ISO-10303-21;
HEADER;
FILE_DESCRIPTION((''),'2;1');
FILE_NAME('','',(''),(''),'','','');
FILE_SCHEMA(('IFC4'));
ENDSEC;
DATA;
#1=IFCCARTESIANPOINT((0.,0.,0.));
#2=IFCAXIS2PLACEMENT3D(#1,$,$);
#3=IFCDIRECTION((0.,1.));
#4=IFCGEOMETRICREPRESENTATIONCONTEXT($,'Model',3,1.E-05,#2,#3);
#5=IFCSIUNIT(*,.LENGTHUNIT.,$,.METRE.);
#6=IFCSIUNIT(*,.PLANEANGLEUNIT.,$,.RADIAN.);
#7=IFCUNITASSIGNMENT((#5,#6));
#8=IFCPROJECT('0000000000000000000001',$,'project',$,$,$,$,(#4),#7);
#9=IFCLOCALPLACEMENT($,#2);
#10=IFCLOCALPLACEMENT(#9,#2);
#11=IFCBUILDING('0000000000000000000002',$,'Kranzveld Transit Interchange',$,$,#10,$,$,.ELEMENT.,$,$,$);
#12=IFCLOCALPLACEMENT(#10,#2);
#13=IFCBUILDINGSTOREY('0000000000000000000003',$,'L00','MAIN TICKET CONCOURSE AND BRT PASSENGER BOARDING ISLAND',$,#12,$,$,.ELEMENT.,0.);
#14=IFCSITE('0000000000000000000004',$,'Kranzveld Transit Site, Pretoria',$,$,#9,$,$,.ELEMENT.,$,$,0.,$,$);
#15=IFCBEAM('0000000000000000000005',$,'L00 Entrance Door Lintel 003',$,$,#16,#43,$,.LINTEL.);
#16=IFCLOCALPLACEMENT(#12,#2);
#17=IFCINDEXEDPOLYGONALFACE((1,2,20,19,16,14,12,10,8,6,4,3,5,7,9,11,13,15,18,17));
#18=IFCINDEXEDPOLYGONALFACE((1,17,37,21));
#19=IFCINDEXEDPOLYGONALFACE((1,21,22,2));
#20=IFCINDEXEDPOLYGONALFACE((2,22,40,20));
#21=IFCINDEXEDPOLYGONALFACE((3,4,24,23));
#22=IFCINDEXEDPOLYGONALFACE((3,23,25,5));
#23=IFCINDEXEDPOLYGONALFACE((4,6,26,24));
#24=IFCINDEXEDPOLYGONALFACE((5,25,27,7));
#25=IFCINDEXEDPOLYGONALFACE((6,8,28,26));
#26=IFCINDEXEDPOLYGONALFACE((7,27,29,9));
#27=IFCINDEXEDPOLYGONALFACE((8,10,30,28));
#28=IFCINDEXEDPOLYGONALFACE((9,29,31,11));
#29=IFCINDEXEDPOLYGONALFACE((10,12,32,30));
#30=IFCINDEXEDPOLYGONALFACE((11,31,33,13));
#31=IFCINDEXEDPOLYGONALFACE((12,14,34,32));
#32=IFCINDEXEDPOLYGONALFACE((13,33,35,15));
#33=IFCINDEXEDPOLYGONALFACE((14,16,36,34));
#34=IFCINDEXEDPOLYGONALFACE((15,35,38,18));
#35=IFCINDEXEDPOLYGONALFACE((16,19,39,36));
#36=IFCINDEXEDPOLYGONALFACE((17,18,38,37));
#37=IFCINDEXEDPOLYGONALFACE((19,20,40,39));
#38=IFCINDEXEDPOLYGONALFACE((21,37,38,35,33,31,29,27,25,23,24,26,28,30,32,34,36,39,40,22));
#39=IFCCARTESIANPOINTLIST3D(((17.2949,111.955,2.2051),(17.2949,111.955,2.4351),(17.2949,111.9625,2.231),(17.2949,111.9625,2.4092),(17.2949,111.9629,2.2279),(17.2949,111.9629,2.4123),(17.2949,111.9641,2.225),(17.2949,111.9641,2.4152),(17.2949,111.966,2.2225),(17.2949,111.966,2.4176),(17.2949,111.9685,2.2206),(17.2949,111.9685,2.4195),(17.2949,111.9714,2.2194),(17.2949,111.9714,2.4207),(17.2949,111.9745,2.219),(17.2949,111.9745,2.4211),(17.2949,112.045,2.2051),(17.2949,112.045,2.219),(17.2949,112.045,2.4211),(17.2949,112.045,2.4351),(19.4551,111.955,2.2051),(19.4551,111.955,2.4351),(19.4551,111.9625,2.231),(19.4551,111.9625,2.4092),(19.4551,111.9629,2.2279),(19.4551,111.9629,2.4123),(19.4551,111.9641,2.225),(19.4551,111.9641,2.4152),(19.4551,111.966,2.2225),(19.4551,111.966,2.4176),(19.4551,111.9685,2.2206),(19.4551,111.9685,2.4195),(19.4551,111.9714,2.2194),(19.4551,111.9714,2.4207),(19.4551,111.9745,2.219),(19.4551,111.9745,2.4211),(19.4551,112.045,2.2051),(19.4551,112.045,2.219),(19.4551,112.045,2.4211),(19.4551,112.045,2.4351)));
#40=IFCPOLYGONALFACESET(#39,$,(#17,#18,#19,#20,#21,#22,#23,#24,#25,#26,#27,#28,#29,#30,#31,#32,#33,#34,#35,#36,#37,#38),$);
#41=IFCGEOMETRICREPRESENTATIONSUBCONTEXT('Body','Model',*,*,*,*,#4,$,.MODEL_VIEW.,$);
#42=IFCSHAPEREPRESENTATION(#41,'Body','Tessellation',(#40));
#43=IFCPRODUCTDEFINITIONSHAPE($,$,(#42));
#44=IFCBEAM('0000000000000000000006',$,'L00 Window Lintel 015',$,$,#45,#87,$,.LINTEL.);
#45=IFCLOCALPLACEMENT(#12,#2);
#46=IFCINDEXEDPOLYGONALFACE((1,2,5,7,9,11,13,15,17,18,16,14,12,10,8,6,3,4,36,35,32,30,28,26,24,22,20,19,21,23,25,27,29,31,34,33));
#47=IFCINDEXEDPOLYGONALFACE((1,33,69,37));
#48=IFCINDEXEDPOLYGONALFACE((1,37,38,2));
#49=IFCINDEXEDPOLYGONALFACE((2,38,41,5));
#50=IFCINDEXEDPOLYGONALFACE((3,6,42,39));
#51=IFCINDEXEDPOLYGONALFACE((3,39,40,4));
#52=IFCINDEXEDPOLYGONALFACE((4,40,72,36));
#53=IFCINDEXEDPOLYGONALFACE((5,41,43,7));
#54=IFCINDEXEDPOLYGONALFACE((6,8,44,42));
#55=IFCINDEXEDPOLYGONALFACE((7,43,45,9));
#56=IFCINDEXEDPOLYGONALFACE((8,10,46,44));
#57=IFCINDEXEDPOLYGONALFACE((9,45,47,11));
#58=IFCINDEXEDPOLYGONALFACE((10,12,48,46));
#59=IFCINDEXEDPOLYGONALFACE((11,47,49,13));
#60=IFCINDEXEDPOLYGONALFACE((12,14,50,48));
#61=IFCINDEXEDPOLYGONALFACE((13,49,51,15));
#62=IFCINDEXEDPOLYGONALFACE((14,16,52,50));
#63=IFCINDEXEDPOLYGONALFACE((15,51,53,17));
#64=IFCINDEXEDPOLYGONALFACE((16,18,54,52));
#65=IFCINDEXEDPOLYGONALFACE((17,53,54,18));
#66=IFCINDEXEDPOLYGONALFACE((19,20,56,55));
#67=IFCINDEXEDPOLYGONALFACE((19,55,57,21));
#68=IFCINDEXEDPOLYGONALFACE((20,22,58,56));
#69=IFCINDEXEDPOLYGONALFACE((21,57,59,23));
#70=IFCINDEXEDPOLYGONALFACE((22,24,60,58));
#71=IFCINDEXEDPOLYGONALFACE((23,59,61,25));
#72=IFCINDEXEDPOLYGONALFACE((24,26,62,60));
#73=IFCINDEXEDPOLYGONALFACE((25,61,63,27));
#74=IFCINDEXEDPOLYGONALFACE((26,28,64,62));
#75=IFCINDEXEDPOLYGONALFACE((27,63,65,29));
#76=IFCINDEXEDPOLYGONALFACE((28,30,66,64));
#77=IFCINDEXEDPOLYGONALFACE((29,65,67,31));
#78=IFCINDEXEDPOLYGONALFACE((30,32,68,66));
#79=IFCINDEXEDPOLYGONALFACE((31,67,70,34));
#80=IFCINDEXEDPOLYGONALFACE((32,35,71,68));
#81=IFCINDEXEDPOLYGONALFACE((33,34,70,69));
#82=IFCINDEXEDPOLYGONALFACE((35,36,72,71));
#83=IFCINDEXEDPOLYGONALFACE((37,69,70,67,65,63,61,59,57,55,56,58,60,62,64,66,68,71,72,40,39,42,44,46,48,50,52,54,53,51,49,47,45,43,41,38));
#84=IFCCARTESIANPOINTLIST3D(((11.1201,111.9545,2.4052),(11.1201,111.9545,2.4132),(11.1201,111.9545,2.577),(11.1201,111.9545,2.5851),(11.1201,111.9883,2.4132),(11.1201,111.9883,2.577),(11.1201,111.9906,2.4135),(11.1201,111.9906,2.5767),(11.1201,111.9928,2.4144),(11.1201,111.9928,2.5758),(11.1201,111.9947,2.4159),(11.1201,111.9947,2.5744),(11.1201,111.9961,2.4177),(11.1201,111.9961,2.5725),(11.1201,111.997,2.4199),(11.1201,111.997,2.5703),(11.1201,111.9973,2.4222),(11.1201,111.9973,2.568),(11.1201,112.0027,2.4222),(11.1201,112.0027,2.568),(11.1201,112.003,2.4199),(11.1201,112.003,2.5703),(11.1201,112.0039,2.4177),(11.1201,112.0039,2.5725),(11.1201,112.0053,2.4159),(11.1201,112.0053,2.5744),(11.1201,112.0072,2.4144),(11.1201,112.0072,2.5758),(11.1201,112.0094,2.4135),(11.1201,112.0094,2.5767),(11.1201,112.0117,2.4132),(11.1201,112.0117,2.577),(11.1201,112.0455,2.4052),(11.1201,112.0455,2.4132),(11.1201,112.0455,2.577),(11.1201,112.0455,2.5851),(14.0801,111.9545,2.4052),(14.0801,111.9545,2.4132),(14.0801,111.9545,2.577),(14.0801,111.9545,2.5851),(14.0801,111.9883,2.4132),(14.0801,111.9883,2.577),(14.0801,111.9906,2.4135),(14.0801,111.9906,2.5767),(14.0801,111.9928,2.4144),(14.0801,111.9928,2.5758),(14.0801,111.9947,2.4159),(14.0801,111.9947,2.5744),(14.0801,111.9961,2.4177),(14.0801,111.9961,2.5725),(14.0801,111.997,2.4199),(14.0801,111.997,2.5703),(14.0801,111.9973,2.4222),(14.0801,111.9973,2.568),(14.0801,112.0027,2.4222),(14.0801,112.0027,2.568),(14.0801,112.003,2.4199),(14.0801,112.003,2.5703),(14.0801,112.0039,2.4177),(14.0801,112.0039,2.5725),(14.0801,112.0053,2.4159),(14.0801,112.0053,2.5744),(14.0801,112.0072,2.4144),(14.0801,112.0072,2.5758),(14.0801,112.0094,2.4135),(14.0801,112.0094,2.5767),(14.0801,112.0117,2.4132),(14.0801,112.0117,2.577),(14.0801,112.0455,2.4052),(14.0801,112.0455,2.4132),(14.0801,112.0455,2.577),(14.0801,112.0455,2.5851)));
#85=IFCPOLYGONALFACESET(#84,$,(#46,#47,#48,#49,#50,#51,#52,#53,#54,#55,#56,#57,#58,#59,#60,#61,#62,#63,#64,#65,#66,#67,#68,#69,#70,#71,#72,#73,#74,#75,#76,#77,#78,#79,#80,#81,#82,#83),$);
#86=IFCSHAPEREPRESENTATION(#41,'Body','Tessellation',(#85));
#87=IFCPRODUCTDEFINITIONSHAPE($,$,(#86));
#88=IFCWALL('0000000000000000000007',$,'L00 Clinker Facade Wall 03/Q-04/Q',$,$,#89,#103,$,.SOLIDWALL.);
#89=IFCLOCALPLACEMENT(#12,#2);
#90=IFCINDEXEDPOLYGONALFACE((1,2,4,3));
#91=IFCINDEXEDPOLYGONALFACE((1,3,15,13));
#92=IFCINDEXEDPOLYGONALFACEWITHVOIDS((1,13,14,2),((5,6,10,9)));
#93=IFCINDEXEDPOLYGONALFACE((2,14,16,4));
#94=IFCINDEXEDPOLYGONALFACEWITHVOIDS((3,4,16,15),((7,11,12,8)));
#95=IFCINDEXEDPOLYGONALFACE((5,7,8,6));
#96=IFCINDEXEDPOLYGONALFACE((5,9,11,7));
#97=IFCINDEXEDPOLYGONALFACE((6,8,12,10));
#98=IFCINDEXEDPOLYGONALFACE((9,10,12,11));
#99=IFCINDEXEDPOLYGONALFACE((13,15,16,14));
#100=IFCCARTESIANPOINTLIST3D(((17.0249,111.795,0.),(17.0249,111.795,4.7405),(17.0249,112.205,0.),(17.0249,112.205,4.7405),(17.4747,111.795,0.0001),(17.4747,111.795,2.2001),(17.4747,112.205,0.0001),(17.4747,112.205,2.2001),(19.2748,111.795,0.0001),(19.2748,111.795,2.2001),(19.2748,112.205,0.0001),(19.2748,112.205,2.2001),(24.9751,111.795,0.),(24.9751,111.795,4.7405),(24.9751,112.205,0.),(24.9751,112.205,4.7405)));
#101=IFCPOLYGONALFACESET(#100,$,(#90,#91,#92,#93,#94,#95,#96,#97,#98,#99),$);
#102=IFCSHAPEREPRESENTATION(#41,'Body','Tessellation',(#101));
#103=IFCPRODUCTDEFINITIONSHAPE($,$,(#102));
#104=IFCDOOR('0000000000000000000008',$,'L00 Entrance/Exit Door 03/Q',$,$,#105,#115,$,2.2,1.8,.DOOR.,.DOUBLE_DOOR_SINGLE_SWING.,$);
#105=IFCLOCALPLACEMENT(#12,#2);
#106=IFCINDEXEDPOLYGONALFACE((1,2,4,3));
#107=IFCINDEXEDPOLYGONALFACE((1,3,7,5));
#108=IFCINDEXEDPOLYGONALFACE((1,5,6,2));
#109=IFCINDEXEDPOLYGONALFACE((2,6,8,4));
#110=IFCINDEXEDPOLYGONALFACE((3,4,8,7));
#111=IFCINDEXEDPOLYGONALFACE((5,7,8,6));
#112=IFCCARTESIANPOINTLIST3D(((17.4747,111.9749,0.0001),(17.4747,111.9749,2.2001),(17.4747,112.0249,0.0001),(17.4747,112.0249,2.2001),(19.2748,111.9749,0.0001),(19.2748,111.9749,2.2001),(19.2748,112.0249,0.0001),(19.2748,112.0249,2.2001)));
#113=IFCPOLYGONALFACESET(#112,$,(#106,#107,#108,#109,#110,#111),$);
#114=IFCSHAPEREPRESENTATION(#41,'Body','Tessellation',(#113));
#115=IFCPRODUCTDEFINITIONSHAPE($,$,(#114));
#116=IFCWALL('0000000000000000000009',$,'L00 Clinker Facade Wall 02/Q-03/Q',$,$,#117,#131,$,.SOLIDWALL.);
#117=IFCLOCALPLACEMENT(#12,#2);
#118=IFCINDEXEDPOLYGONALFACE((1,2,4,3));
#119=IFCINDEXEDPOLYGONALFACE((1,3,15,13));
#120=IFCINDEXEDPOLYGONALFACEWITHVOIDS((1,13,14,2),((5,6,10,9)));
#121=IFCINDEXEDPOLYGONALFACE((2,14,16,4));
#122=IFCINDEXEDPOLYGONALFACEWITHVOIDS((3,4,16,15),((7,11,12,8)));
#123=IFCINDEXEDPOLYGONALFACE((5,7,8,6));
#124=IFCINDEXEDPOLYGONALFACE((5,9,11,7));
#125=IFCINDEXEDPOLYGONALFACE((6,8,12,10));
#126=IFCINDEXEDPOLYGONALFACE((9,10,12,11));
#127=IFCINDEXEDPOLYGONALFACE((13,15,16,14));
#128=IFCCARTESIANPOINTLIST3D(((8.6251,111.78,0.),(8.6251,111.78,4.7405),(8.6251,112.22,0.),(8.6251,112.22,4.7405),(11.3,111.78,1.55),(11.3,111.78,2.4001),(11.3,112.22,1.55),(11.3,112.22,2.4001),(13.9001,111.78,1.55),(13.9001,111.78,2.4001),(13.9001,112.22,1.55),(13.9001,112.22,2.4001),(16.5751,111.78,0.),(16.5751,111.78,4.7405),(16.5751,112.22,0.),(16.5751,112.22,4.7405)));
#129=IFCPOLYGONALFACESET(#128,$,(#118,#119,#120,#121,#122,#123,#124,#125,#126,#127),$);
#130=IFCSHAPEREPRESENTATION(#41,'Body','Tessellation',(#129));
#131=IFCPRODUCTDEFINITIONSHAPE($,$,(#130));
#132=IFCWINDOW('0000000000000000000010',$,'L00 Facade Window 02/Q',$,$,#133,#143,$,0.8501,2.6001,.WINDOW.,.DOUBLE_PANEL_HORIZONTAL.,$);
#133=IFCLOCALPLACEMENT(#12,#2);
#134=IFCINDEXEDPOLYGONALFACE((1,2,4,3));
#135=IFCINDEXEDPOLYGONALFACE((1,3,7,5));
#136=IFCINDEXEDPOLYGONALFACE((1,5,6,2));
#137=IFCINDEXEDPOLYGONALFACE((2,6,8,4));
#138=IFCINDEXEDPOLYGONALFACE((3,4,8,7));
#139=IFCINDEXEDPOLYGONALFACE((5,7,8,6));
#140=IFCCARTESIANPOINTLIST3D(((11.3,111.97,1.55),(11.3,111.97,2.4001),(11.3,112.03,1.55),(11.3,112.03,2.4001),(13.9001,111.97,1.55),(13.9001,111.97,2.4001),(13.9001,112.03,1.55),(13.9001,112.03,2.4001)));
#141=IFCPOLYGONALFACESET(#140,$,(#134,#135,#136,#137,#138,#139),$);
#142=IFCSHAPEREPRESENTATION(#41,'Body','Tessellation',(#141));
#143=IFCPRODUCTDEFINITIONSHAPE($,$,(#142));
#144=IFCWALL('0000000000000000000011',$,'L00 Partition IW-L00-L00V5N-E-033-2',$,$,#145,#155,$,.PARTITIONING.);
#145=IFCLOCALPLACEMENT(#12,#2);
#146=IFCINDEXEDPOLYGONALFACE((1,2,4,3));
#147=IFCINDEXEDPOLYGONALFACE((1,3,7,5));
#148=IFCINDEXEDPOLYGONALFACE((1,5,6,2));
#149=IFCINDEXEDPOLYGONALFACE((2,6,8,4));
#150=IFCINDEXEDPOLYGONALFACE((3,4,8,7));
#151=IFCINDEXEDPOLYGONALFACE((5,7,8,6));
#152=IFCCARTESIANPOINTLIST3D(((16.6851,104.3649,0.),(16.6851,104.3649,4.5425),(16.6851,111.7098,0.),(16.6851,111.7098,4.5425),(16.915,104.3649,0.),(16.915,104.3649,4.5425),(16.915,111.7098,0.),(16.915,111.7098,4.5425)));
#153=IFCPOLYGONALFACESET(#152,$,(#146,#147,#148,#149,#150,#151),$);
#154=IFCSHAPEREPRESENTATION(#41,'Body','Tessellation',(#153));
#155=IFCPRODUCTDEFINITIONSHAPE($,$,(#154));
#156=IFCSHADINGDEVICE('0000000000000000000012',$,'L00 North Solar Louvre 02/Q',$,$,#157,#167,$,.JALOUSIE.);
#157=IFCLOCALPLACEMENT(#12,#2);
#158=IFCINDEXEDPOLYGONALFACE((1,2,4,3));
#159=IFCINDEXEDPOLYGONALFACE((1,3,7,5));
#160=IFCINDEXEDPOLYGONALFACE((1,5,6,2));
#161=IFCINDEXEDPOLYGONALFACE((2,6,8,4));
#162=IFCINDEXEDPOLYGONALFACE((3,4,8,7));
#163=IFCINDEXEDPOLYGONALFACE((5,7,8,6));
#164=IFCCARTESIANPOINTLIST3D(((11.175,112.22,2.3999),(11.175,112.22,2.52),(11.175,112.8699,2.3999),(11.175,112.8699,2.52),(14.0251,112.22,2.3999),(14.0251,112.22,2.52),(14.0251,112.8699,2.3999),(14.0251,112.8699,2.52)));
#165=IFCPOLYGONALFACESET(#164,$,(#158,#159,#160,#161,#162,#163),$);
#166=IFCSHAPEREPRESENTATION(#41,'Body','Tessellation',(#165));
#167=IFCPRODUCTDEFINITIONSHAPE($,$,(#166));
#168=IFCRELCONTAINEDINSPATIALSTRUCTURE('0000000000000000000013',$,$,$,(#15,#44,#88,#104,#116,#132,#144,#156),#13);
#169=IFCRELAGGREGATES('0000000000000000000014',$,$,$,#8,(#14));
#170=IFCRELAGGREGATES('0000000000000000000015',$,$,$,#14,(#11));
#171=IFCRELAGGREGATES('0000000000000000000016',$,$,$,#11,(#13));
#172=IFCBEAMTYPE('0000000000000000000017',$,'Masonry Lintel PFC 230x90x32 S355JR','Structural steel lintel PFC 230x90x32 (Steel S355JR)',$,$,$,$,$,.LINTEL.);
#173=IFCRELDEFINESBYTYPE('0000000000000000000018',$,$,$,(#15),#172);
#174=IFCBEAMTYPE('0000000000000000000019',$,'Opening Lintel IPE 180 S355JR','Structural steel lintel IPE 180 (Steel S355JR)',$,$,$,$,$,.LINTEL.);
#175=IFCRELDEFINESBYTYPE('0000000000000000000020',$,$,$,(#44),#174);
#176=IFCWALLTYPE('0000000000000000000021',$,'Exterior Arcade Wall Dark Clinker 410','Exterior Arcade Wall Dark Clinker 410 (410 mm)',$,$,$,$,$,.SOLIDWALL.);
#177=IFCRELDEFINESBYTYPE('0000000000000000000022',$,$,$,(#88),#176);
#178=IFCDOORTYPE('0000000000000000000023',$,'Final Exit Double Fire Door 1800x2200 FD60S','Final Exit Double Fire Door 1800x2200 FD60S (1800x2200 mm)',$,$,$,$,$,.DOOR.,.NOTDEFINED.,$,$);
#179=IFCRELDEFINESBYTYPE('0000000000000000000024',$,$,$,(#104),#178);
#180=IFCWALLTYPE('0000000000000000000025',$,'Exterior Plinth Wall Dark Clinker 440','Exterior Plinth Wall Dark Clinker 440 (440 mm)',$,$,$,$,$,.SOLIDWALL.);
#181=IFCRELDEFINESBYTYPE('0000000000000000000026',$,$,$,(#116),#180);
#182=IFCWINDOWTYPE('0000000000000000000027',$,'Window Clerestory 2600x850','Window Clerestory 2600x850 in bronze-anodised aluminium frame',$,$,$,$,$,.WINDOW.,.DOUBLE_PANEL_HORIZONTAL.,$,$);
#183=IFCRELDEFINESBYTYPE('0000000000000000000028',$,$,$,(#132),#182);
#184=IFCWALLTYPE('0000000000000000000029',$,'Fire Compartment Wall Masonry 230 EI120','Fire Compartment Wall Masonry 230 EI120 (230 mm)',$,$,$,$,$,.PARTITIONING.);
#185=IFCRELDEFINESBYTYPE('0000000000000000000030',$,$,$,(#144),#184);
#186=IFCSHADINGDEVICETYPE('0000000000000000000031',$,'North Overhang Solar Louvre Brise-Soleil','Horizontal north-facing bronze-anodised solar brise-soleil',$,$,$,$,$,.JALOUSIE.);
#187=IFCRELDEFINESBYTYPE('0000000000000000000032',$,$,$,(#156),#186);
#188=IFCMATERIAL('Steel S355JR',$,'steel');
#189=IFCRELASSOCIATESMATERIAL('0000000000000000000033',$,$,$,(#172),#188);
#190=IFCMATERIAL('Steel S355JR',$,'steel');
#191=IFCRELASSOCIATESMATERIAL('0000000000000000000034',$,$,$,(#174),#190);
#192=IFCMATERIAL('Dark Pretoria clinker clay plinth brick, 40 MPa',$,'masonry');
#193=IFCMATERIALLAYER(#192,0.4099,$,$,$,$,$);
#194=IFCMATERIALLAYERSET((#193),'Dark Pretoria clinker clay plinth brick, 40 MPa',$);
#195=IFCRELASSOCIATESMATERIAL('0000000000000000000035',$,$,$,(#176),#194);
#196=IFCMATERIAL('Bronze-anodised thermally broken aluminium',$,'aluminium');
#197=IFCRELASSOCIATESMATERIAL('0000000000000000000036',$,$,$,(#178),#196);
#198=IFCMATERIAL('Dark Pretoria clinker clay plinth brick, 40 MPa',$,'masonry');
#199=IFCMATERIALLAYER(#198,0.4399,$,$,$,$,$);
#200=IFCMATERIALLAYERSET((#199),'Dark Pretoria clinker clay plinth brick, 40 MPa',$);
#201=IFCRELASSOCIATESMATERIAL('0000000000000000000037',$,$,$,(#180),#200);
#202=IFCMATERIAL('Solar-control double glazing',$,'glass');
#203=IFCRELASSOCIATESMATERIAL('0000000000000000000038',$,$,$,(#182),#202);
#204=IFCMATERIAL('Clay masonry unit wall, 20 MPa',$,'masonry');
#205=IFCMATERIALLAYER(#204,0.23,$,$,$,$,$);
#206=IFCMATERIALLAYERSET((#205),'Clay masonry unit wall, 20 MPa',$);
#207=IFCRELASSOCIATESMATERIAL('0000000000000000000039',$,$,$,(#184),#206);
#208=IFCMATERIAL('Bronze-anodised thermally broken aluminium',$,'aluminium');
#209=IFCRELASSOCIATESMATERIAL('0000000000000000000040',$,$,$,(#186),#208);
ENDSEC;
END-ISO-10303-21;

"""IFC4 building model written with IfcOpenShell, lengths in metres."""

from ifc_helpers import new_model, si_unit, direction, frame, frame_2d, origin, origin_2d, place, context, subcontext, project, spatial, rectangle, i_section, u_section, extrude, material, layer, layer_set, material_profile, profile_set, type_object, element, fill, save


model = new_model("IFC4")

# Units and contexts
model_context = context("Model", 3, precision=1e-05, world=origin(), true_north=direction((0.0, 1.0)))
body_context = subcontext(model_context, "Body", "Model", "MODEL_VIEW")
ifc_project = project(units=[si_unit("LENGTHUNIT", "METRE"), si_unit("PLANEANGLEUNIT", "RADIAN")], contexts=[model_context])

# Site, building, storey
site_placement = place(None, origin())
site = spatial("IfcSite", under=ifc_project, at=site_placement, Name="Kranzveld Transit Site, Pretoria", CompositionType="ELEMENT", RefElevation=0.0)
building_placement = place(site_placement, origin())
building = spatial("IfcBuilding", under=site, at=building_placement, Name="Kranzveld Transit Interchange", CompositionType="ELEMENT")
storey_placement = place(building_placement, origin())
storey = spatial("IfcBuildingStorey", under=building, at=storey_placement, Name="L00", Description="MAIN TICKET CONCOURSE AND BRT PASSENGER BOARDING ISLAND", CompositionType="ELEMENT", Elevation=0.0)

# Beams
ifc_material_1 = material(Name="Steel S355JR", Category="steel")
ifc_material_profile_1 = material_profile(ifc_material_1, u_section(Depth=0.23, FlangeWidth=0.0901, WebThickness=0.0076, FlangeThickness=0.0139, FilletRadius=0.012, at=origin_2d()), Name="PFC 230x90x32")
ifc_profile_set_1 = profile_set([ifc_material_profile_1], Name="Steel S355JR")
beam_type_1 = type_object("IfcBeamType", Name="Masonry Lintel PFC 230x90x32 S355JR", Description="Structural steel lintel PFC 230x90x32 (Steel S355JR)", PredefinedType="LINTEL", material=ifc_profile_set_1)
beam_1_placement = place(storey_placement, frame((17.2949, 112.0, 2.3201), z_axis=(1.0, 0.0, 0.0), x_axis=(0.0, 1.0, 0.0)))
element("IfcBeam", 1, at=beam_1_placement, inside=storey, type_object=beam_type_1, Name="L00 Entrance Door Lintel 003", PredefinedType="LINTEL", context=body_context, shape_type="SweptSolid", body=[
    extrude(u_section(Depth=0.23, FlangeWidth=0.0901, WebThickness=0.0076, FlangeThickness=0.0139, FilletRadius=0.012, at=origin_2d()), origin(), (0.0, 0.0, 1.0), 2.1602),
])
ifc_material_2 = material(Name="Steel S355JR", Category="steel")
ifc_material_profile_2 = material_profile(ifc_material_2, i_section(OverallWidth=0.0911, OverallDepth=0.1799, WebThickness=0.0054, FlangeThickness=0.0081, FilletRadius=0.009, at=origin_2d()), Name="IPE 180")
ifc_profile_set_2 = profile_set([ifc_material_profile_2], Name="Steel S355JR")
beam_type_2 = type_object("IfcBeamType", Name="Opening Lintel IPE 180 S355JR", Description="Structural steel lintel IPE 180 (Steel S355JR)", PredefinedType="LINTEL", material=ifc_profile_set_2)
beam_2_placement = place(storey_placement, frame((11.1201, 112.0, 2.4951), z_axis=(1.0, 0.0, 0.0), x_axis=(0.0, 1.0, 0.0)))
element("IfcBeam", 2, at=beam_2_placement, inside=storey, type_object=beam_type_2, Name="L00 Window Lintel 015", PredefinedType="LINTEL", context=body_context, shape_type="SweptSolid", body=[
    extrude(i_section(OverallWidth=0.0911, OverallDepth=0.1799, WebThickness=0.0054, FlangeThickness=0.0081, FilletRadius=0.009, at=origin_2d()), origin(), (0.0, 0.0, 1.0), 2.96),
])

# Wall, opening, door
ifc_material_3 = material(Name="Dark Pretoria clinker clay plinth brick, 40 MPa", Category="masonry")
ifc_layer_1 = layer(ifc_material_3, 0.4099)
ifc_layer_set_1 = layer_set([ifc_layer_1], Name="Dark Pretoria clinker clay plinth brick, 40 MPa")
wall_type_1 = type_object("IfcWallType", Name="Exterior Arcade Wall Dark Clinker 410", Description="Exterior Arcade Wall Dark Clinker 410 (410 mm)", PredefinedType="SOLIDWALL", material=ifc_layer_set_1)
wall_1_placement = place(storey_placement, frame((17.0249, 112.0, 0.0), z_axis=(0.0, 0.0, 1.0), x_axis=(1.0, 0.0, 0.0)))
wall_1 = element("IfcWall", 3, at=wall_1_placement, inside=storey, type_object=wall_type_1, Name="L00 Clinker Facade Wall 03/Q-04/Q", PredefinedType="SOLIDWALL", context=body_context, shape_type="SweptSolid", body=[
    extrude(rectangle(XDim=7.9502, YDim=0.4099, at=frame_2d((3.9751, 0.0))), origin(), (0.0, 0.0, 1.0), 4.7405),
])
opening_1_placement = place(wall_1_placement, frame((0.45, 0.0, 0.0), z_axis=(0.0, 0.0, 1.0), x_axis=(1.0, 0.0, 0.0)))
opening_1 = element("IfcOpeningElement", 4, at=opening_1_placement, cuts=wall_1, PredefinedType="OPENING", context=body_context, shape_type="SweptSolid", body=[
    extrude(rectangle(XDim=1.8, YDim=2.2, at=frame_2d((0.8999, 1.1001))), frame((0.0, 0.2148, 0.0), z_axis=(0.0, -1.0, 0.0), x_axis=(1.0, 0.0, 0.0)), (0.0, 0.0, 1.0), 0.4299),
])
ifc_material_4 = material(Name="Bronze-anodised thermally broken aluminium", Category="aluminium")
door_type = type_object("IfcDoorType", Name="Final Exit Double Fire Door 1800x2200 FD60S", Description="Final Exit Double Fire Door 1800x2200 FD60S (1800x2200 mm)", OperationType="NOTDEFINED", PredefinedType="DOOR", material=ifc_material_4)
door_placement = place(opening_1_placement, origin())
door = element("IfcDoor", 5, at=door_placement, inside=storey, type_object=door_type, Name="L00 Entrance/Exit Door 03/Q", OperationType="DOUBLE_DOOR_SINGLE_SWING", OverallHeight=2.2, OverallWidth=1.8, PredefinedType="DOOR", context=body_context, shape_type="SweptSolid", body=[
    extrude(rectangle(XDim=1.8, YDim=2.2, at=frame_2d((0.8999, 1.1001))), frame((0.0, 0.0249, 0.0), z_axis=(0.0, -1.0, 0.0), x_axis=(1.0, 0.0, 0.0)), (0.0, 0.0, 1.0), 0.05),
])
fill(opening_1, door)

# Wall, opening, window
ifc_material_5 = material(Name="Dark Pretoria clinker clay plinth brick, 40 MPa", Category="masonry")
ifc_layer_2 = layer(ifc_material_5, 0.4399)
ifc_layer_set_2 = layer_set([ifc_layer_2], Name="Dark Pretoria clinker clay plinth brick, 40 MPa")
wall_type_2 = type_object("IfcWallType", Name="Exterior Plinth Wall Dark Clinker 440", Description="Exterior Plinth Wall Dark Clinker 440 (440 mm)", PredefinedType="SOLIDWALL", material=ifc_layer_set_2)
wall_2_placement = place(storey_placement, frame((8.625, 112.0, 0.0), z_axis=(0.0, 0.0, 1.0), x_axis=(1.0, 0.0, 0.0)))
wall_2 = element("IfcWall", 6, at=wall_2_placement, inside=storey, type_object=wall_type_2, Name="L00 Clinker Facade Wall 02/Q-03/Q", PredefinedType="SOLIDWALL", context=body_context, shape_type="SweptSolid", body=[
    extrude(rectangle(XDim=7.95, YDim=0.4399, at=frame_2d((3.9751, 0.0))), origin(), (0.0, 0.0, 1.0), 4.7405),
])
opening_2_placement = place(wall_2_placement, frame((2.675, 0.0, 1.55), z_axis=(0.0, 0.0, 1.0), x_axis=(1.0, 0.0, 0.0)))
opening_2 = element("IfcOpeningElement", 7, at=opening_2_placement, cuts=wall_2, PredefinedType="OPENING", context=body_context, shape_type="SweptSolid", body=[
    extrude(rectangle(XDim=2.6001, YDim=0.8501, at=frame_2d((1.3, 0.425))), frame((0.0, 0.23, 0.0), z_axis=(0.0, -1.0, 0.0), x_axis=(1.0, 0.0, 0.0)), (0.0, 0.0, 1.0), 0.46),
])
ifc_material_6 = material(Name="Solar-control double glazing", Category="glass")
window_type = type_object("IfcWindowType", Name="Window Clerestory 2600x850", Description="Window Clerestory 2600x850 in bronze-anodised aluminium frame", PartitioningType="DOUBLE_PANEL_HORIZONTAL", PredefinedType="WINDOW", material=ifc_material_6)
window_placement = place(opening_2_placement, origin())
window = element("IfcWindow", 8, at=window_placement, inside=storey, type_object=window_type, Name="L00 Facade Window 02/Q", OverallHeight=0.8501, OverallWidth=2.6001, PartitioningType="DOUBLE_PANEL_HORIZONTAL", PredefinedType="WINDOW", context=body_context, shape_type="SweptSolid", body=[
    extrude(rectangle(XDim=2.6001, YDim=0.8501, at=frame_2d((1.3, 0.425))), frame((0.0, 0.03, 0.0), z_axis=(0.0, -1.0, 0.0), x_axis=(1.0, 0.0, 0.0)), (0.0, 0.0, 1.0), 0.0601),
])
fill(opening_2, window)

# Wall
ifc_material_7 = material(Name="Clay masonry unit wall, 20 MPa", Category="masonry")
ifc_layer_3 = layer(ifc_material_7, 0.23)
ifc_layer_set_3 = layer_set([ifc_layer_3], Name="Clay masonry unit wall, 20 MPa")
wall_type_3 = type_object("IfcWallType", Name="Fire Compartment Wall Masonry 230 EI120", Description="Fire Compartment Wall Masonry 230 EI120 (230 mm)", PredefinedType="PARTITIONING", material=ifc_layer_set_3)
wall_3_placement = place(storey_placement, frame((16.8, 104.365, 0.0), z_axis=(0.0, 0.0, 1.0), x_axis=(0.0, 1.0, 0.0)))
element("IfcWall", 9, at=wall_3_placement, inside=storey, type_object=wall_type_3, Name="L00 Partition IW-L00-L00V5N-E-033-2", PredefinedType="PARTITIONING", context=body_context, shape_type="SweptSolid", body=[
    extrude(rectangle(XDim=7.345, YDim=0.23, at=frame_2d((3.6724, 0.0))), origin(), (0.0, 0.0, 1.0), 4.5425),
])

# Shading device
ifc_material_8 = material(Name="Bronze-anodised thermally broken aluminium", Category="aluminium")
shading_device_type = type_object("IfcShadingDeviceType", Name="North Overhang Solar Louvre Brise-Soleil", Description="Horizontal north-facing bronze-anodised solar brise-soleil", PredefinedType="JALOUSIE", material=ifc_material_8)
shading_device_placement = place(storey_placement, frame((12.6001, 112.5449, 2.3999), z_axis=(0.0, 0.0, 1.0), x_axis=(1.0, 0.0, 0.0)))
element("IfcShadingDevice", 10, at=shading_device_placement, inside=storey, type_object=shading_device_type, Name="L00 North Solar Louvre 02/Q", PredefinedType="JALOUSIE", context=body_context, shape_type="SweptSolid", body=[
    extrude(rectangle(XDim=2.8501, YDim=0.6499, at=origin_2d()), origin(), (0.0, 0.0, 1.0), 0.1201),
])

save(model, "model.ifc")
